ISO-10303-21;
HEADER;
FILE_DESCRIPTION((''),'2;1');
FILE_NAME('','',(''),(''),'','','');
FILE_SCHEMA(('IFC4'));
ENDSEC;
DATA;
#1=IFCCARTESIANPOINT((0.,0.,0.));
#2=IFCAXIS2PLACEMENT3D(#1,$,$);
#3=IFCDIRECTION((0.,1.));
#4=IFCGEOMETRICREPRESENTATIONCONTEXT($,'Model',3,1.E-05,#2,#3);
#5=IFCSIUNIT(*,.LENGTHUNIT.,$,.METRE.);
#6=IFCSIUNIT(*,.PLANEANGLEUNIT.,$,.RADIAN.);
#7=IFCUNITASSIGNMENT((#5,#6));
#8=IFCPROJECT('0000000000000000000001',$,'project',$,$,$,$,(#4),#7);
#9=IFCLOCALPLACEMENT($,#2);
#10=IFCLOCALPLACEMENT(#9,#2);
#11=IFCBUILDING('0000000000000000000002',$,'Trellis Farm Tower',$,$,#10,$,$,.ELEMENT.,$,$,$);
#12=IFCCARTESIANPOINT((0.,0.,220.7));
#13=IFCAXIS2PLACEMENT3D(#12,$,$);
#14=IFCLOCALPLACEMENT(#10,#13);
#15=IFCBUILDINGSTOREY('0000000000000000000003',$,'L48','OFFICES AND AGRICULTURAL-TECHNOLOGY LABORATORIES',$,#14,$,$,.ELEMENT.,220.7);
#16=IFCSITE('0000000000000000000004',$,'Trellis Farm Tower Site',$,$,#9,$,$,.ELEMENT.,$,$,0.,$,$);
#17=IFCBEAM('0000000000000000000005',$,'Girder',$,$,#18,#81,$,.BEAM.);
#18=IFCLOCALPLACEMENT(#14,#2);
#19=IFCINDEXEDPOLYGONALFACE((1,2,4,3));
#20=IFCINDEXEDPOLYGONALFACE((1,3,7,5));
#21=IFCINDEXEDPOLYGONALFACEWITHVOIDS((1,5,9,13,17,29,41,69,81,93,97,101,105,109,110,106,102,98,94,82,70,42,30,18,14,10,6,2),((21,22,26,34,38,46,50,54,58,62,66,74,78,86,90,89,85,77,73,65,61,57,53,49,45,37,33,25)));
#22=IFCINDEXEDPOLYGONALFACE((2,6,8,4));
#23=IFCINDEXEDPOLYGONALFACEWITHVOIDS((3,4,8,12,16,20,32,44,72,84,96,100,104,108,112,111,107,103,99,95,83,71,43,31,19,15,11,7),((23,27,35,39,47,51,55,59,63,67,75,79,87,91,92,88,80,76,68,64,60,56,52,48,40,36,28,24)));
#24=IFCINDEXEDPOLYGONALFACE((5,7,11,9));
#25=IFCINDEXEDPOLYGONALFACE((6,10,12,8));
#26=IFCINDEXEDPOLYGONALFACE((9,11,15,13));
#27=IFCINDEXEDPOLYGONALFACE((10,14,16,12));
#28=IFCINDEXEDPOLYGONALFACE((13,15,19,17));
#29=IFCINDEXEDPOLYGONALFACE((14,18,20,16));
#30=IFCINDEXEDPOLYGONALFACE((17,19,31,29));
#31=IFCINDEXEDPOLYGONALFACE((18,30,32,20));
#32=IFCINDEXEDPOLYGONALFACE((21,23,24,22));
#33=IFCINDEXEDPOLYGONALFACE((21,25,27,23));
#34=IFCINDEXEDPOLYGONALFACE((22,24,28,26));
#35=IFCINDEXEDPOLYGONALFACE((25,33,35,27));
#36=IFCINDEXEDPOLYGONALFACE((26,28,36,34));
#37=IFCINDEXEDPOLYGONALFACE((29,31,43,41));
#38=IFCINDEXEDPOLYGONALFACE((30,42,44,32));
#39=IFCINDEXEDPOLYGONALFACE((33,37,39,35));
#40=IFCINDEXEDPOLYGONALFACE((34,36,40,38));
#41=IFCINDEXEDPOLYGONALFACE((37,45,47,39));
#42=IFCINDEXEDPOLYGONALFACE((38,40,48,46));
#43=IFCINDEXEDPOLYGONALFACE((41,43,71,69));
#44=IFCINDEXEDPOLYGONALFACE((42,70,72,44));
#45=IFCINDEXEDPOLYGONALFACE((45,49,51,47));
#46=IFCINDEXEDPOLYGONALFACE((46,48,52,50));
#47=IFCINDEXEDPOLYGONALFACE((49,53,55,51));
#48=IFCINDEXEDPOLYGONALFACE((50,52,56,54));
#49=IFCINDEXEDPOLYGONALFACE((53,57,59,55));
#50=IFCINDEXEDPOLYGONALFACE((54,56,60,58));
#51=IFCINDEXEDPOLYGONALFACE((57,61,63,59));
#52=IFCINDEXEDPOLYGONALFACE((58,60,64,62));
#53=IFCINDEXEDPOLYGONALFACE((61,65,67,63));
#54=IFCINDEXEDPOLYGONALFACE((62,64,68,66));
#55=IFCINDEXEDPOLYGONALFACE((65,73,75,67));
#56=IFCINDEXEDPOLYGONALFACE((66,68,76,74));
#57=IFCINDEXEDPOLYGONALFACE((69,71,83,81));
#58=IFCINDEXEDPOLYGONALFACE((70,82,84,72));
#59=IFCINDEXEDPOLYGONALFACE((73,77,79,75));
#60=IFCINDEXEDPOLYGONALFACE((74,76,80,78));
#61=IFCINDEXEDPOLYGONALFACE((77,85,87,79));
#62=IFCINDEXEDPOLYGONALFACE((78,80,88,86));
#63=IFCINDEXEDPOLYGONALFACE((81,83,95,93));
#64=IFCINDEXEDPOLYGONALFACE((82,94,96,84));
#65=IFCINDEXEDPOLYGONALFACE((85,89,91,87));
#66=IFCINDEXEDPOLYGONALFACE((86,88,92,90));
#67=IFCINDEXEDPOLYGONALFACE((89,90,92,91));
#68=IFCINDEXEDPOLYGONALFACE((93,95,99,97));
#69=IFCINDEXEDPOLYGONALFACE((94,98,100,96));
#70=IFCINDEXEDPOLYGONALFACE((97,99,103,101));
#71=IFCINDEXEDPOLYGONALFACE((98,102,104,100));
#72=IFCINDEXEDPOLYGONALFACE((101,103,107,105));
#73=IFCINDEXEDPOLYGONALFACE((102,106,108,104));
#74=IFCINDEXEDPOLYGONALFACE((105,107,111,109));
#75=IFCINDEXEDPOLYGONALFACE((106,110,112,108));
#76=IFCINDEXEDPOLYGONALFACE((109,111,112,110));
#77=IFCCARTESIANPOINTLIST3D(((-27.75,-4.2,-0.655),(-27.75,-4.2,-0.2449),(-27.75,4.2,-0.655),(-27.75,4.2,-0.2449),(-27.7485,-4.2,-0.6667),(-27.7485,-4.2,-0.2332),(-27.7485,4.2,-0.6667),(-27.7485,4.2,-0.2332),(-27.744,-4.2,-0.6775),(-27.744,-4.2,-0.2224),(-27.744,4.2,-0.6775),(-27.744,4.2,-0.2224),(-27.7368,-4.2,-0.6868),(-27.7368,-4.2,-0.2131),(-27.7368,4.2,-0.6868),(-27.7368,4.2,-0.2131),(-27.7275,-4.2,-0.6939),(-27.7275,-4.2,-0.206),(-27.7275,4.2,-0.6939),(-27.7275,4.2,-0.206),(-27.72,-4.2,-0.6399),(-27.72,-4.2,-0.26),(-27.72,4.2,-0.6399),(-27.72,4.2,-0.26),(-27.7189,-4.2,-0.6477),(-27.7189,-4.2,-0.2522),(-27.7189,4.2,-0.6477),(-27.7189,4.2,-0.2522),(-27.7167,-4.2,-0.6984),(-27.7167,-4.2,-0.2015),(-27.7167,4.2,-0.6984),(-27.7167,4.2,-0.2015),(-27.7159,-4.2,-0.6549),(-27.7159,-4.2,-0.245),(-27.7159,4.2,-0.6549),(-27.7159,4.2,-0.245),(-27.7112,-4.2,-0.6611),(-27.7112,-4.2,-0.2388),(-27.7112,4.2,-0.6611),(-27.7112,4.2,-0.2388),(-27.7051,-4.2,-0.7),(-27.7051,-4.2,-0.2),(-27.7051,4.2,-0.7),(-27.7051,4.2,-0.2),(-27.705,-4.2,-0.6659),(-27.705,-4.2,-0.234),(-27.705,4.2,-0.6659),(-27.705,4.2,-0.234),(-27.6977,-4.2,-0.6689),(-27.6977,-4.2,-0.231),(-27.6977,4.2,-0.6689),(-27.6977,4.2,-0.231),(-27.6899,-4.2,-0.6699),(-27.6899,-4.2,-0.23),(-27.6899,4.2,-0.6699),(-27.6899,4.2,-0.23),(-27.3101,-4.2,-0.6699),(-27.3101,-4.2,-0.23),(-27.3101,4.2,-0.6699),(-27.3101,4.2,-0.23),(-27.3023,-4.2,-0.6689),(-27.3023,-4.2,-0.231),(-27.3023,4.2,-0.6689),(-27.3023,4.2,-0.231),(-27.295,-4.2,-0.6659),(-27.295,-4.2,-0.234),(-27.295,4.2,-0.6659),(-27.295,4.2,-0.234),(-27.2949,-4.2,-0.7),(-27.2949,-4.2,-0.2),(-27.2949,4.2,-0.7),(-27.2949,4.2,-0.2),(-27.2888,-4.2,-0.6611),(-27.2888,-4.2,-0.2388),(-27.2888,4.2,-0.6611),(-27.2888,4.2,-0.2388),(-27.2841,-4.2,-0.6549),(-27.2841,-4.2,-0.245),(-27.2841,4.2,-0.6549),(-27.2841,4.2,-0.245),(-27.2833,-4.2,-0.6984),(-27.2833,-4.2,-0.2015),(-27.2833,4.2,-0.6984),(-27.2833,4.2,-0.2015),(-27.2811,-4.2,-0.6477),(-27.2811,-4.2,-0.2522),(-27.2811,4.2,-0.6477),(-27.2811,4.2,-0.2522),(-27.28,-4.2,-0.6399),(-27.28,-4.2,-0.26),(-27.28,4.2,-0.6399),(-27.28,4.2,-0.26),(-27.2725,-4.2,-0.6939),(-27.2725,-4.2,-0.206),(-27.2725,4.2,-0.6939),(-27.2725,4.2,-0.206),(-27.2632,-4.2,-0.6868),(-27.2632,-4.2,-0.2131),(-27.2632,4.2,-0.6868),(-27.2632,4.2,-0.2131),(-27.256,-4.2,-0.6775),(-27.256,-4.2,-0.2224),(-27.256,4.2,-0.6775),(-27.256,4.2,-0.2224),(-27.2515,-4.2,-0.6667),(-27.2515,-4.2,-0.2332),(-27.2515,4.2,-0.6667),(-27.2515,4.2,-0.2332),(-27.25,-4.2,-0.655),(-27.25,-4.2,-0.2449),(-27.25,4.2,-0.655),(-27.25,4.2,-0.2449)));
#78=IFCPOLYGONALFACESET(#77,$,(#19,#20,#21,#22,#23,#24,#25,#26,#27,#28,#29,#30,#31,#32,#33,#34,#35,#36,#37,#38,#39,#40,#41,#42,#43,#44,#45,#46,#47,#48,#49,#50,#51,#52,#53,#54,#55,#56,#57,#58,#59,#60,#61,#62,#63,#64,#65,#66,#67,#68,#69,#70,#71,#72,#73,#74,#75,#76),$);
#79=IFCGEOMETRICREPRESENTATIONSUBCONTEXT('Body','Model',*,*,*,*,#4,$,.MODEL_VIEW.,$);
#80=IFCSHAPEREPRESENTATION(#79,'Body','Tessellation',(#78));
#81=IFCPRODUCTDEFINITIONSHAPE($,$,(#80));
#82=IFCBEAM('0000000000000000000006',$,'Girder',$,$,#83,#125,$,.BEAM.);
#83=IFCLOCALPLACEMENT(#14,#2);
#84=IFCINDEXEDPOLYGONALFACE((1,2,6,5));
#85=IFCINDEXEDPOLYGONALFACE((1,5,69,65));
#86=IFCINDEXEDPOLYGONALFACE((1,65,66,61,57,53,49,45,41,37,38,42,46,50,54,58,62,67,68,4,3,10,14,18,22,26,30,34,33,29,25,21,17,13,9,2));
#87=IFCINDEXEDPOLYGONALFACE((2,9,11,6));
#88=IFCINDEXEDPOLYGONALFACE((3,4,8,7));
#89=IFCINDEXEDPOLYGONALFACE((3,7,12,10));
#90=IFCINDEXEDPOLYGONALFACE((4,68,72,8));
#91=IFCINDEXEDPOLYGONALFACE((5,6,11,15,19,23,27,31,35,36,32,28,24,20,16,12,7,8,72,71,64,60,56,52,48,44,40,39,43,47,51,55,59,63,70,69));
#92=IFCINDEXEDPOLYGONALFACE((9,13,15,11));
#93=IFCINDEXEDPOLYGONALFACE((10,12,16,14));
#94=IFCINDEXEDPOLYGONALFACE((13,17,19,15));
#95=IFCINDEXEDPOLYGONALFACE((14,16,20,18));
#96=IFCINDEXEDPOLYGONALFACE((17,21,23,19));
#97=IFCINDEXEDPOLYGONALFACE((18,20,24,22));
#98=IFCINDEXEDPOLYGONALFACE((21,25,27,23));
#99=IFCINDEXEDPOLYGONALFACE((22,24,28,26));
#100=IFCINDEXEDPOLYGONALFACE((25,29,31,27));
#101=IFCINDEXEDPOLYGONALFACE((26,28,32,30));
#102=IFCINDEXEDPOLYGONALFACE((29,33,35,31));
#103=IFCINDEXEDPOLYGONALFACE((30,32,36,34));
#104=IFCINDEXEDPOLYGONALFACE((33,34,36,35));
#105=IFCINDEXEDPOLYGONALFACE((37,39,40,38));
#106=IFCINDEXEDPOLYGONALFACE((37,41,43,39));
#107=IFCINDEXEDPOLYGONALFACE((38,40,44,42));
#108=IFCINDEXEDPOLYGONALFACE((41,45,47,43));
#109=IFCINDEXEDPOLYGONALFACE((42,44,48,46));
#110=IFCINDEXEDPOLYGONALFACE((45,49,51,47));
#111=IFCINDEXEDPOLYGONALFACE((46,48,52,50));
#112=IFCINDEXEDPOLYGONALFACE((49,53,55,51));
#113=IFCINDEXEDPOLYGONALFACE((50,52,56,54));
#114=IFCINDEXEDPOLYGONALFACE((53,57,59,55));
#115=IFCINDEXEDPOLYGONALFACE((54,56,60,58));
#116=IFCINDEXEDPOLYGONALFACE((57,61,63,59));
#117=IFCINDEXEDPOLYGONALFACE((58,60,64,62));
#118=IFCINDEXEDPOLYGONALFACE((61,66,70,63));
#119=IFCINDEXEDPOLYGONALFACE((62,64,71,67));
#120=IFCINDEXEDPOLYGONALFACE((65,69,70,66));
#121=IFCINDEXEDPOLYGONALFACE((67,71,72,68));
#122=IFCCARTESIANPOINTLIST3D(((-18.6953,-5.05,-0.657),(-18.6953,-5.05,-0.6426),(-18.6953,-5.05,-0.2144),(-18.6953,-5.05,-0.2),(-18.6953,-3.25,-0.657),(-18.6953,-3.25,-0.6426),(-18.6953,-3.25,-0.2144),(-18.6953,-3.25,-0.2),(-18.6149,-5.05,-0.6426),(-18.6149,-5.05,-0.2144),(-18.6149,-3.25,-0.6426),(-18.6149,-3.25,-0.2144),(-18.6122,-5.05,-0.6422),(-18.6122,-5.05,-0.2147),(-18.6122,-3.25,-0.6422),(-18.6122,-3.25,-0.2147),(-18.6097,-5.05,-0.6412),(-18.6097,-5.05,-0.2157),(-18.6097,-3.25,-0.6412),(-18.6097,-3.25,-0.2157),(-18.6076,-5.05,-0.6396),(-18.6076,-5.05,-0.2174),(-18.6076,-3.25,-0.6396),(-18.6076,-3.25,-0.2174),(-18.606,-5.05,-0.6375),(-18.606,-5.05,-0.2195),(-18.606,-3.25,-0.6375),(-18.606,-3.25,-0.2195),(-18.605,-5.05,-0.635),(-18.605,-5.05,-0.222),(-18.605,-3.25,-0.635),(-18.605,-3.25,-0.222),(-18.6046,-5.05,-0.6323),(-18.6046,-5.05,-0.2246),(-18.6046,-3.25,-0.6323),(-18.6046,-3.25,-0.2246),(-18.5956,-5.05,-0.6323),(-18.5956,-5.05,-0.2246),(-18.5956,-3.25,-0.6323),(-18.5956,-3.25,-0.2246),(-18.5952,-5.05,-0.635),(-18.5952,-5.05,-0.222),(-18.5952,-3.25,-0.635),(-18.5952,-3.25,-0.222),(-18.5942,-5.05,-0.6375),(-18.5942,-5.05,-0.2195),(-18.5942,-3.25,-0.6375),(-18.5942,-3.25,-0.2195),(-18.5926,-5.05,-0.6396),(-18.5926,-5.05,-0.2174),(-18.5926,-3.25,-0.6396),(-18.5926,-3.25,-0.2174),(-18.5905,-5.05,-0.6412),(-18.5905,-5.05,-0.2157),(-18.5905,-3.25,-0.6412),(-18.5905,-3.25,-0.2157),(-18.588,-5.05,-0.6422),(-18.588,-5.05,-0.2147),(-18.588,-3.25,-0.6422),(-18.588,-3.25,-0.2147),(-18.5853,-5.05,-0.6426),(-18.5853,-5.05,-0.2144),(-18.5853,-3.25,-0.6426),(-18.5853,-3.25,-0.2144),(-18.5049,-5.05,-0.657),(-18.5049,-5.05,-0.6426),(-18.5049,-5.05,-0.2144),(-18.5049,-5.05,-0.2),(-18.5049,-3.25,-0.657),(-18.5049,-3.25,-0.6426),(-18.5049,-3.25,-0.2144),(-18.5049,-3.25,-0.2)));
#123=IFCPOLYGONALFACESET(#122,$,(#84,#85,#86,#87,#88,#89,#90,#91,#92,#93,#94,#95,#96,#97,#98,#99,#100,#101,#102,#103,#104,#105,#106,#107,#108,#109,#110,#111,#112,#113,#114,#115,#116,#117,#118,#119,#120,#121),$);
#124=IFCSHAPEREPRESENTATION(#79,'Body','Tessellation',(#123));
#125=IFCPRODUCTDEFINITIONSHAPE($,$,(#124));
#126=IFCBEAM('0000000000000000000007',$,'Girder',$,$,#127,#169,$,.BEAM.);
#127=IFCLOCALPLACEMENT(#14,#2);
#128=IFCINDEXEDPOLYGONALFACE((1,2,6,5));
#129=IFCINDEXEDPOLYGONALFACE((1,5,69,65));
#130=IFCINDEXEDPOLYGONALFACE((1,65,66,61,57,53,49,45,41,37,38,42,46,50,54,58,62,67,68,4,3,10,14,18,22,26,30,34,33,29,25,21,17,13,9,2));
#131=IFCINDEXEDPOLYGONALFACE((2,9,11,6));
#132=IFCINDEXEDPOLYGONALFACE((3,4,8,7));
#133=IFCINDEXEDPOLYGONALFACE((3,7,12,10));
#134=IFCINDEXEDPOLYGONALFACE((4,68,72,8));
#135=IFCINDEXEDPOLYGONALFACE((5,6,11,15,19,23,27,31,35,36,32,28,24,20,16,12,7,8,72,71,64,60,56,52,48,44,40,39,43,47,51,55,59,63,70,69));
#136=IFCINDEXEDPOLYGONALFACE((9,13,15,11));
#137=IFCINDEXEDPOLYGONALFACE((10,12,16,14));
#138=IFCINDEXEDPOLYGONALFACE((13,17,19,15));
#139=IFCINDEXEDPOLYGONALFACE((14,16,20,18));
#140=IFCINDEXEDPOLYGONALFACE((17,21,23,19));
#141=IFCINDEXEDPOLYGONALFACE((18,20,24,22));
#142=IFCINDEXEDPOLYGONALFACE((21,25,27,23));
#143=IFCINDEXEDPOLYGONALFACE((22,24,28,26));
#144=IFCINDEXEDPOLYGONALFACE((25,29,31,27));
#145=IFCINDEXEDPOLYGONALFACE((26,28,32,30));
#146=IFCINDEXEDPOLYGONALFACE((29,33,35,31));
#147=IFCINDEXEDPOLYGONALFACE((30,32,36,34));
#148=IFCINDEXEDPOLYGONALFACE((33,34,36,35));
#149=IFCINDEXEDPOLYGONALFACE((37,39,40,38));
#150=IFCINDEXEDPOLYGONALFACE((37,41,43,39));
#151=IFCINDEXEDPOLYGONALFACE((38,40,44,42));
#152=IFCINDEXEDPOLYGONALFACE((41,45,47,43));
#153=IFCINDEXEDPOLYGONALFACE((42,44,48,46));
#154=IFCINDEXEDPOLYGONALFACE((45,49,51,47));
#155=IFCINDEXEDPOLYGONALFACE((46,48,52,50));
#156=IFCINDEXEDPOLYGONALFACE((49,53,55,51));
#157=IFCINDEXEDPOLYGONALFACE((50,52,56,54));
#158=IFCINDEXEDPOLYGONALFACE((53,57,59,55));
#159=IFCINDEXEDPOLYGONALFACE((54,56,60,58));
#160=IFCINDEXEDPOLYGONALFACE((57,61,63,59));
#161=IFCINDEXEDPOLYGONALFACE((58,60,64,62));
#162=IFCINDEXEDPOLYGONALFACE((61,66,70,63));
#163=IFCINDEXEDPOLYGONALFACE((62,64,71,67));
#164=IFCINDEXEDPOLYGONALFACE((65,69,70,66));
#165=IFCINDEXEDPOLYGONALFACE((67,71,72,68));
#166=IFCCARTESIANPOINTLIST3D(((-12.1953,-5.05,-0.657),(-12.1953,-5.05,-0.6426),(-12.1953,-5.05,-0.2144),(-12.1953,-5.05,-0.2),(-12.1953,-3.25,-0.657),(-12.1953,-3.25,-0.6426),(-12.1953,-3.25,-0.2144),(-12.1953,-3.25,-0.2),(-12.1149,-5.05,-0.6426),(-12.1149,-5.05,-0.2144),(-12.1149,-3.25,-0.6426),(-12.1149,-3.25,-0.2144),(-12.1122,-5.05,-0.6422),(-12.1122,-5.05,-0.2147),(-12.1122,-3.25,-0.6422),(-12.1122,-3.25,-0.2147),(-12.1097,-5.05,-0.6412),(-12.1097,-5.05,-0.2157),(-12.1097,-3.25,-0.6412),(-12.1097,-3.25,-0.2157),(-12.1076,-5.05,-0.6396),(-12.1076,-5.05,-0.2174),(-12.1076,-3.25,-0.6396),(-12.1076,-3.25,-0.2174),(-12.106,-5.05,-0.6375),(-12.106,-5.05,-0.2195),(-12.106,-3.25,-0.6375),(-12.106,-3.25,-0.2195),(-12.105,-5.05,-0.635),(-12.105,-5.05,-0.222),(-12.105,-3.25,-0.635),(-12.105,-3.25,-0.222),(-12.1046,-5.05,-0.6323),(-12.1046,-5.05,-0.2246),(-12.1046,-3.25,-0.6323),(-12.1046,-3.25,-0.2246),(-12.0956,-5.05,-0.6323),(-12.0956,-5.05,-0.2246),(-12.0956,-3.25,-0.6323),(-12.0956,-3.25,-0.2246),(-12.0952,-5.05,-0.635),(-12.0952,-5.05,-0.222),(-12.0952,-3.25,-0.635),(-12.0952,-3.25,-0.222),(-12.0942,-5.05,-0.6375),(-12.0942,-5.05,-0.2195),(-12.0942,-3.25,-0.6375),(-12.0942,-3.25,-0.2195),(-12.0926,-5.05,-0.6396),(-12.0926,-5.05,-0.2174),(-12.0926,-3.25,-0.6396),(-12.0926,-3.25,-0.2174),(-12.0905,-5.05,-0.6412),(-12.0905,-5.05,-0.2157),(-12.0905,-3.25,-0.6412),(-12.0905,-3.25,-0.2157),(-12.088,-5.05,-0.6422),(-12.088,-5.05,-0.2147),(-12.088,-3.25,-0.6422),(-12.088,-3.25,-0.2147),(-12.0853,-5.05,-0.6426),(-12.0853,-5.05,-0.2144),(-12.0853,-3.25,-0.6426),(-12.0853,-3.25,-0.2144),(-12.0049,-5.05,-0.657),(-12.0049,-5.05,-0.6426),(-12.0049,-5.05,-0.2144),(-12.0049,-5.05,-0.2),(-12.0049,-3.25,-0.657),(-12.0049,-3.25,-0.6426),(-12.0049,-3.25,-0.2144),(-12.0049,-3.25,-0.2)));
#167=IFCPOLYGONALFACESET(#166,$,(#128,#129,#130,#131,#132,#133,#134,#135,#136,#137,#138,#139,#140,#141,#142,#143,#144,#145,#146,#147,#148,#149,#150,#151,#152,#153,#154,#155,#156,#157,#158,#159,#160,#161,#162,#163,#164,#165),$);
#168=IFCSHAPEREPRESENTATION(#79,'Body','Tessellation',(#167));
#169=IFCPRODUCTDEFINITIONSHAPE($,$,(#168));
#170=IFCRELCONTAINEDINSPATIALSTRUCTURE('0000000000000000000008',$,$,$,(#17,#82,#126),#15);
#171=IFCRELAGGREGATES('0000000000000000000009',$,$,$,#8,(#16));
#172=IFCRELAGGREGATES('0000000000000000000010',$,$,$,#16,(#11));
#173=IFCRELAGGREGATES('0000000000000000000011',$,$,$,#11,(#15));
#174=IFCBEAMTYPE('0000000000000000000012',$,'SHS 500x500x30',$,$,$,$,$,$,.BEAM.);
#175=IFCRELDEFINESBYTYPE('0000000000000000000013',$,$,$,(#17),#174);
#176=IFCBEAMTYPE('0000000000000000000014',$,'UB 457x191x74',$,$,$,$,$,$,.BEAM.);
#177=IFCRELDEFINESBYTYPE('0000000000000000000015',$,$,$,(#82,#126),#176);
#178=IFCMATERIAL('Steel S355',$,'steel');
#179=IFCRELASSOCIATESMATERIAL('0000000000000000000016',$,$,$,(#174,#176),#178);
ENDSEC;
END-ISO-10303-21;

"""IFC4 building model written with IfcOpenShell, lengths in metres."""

from ifc_helpers import new_model, si_unit, direction, frame, origin, origin_2d, place, context, subcontext, project, spatial, hollow_rectangle, i_section, extrude, source, transform, mapped, material, material_profile, profile_set, type_object, element, save


model = new_model("IFC4")

# Units and contexts
model_context = context("Model", 3, precision=1e-05, world=origin(), true_north=direction((0.0, 1.0)))
body_context = subcontext(model_context, "Body", "Model", "MODEL_VIEW")
ifc_project = project(units=[si_unit("LENGTHUNIT", "METRE"), si_unit("PLANEANGLEUNIT", "RADIAN")], contexts=[model_context])

# Site, building, storey
site_placement = place(None, origin())
site = spatial("IfcSite", under=ifc_project, at=site_placement, Name="Trellis Farm Tower Site", CompositionType="ELEMENT", RefElevation=0.0)
building_placement = place(site_placement, origin())
building = spatial("IfcBuilding", under=site, at=building_placement, Name="Trellis Farm Tower", CompositionType="ELEMENT")
storey_placement = place(building_placement, frame((0.0, 0.0, 220.7)))
storey = spatial("IfcBuildingStorey", under=building, at=storey_placement, Name="L48", Description="OFFICES AND AGRICULTURAL-TECHNOLOGY LABORATORIES", CompositionType="ELEMENT", Elevation=220.7)

# Beams
ifc_material_1 = material(Name="Steel S355", Category="steel")
ifc_material_profile_1 = material_profile(ifc_material_1, hollow_rectangle(XDim=0.5, YDim=0.5, WallThickness=0.03, InnerFilletRadius=0.03, OuterFilletRadius=0.0449, at=origin_2d()), Name="SHS 500x500x30")
ifc_profile_set_1 = profile_set([ifc_material_profile_1], Name="Steel S355")
beam_type_1 = type_object("IfcBeamType", Name="SHS 500x500x30", PredefinedType="BEAM", material=ifc_profile_set_1)
shared_shape_1 = source(origin(), body_context, "Body", "SweptSolid", [
    extrude(hollow_rectangle(XDim=0.5, YDim=0.5, WallThickness=0.03, InnerFilletRadius=0.03, OuterFilletRadius=0.0449, at=origin_2d()), origin(), (0.0, 0.0, 1.0), 8.3999),
])
beam_1_placement = place(storey_placement, frame((-27.5, -4.2, -0.45), z_axis=(0.0, 1.0, 0.0), x_axis=(-1.0, 0.0, 0.0)))
element("IfcBeam", 1, at=beam_1_placement, inside=storey, type_object=beam_type_1, Name="Girder", PredefinedType="BEAM", context=body_context, shape_type="MappedRepresentation", body=[
    mapped(shared_shape_1, transform((0.0, 0.0, 0.0))),
])
ifc_material_profile_2 = material_profile(ifc_material_1, i_section(OverallWidth=0.1904, OverallDepth=0.457, WebThickness=0.009, FlangeThickness=0.0144, FilletRadius=0.0103, at=origin_2d()), Name="UB 457x191x74")
ifc_profile_set_2 = profile_set([ifc_material_profile_2], Name="Steel S355")
beam_type_2 = type_object("IfcBeamType", Name="UB 457x191x74", PredefinedType="BEAM", material=ifc_profile_set_2)
shared_shape_2 = source(origin(), body_context, "Body", "SweptSolid", [
    extrude(i_section(OverallWidth=0.1904, OverallDepth=0.457, WebThickness=0.009, FlangeThickness=0.0144, FilletRadius=0.0103, at=origin_2d()), origin(), (0.0, 0.0, 1.0), 1.8),
])
for number, where, z_axis, x_axis, name in (
    (2, (-18.6001, -5.05, -0.4285), (0.0, 1.0, 0.0), (-1.0, 0.0, 0.0), "Girder"),
    (3, (-12.1001, -5.05, -0.4285), (0.0, 1.0, 0.0), (-1.0, 0.0, 0.0), "Girder"),
):
    element("IfcBeam", number, at=place(storey_placement, frame(where, z_axis=z_axis, x_axis=x_axis)), inside=storey, type_object=beam_type_2, Name=name, PredefinedType="BEAM", context=body_context, shape_type="MappedRepresentation", body=[
        mapped(shared_shape_2, transform((0.0, 0.0, 0.0))),
    ])

save(model, "model.ifc")
